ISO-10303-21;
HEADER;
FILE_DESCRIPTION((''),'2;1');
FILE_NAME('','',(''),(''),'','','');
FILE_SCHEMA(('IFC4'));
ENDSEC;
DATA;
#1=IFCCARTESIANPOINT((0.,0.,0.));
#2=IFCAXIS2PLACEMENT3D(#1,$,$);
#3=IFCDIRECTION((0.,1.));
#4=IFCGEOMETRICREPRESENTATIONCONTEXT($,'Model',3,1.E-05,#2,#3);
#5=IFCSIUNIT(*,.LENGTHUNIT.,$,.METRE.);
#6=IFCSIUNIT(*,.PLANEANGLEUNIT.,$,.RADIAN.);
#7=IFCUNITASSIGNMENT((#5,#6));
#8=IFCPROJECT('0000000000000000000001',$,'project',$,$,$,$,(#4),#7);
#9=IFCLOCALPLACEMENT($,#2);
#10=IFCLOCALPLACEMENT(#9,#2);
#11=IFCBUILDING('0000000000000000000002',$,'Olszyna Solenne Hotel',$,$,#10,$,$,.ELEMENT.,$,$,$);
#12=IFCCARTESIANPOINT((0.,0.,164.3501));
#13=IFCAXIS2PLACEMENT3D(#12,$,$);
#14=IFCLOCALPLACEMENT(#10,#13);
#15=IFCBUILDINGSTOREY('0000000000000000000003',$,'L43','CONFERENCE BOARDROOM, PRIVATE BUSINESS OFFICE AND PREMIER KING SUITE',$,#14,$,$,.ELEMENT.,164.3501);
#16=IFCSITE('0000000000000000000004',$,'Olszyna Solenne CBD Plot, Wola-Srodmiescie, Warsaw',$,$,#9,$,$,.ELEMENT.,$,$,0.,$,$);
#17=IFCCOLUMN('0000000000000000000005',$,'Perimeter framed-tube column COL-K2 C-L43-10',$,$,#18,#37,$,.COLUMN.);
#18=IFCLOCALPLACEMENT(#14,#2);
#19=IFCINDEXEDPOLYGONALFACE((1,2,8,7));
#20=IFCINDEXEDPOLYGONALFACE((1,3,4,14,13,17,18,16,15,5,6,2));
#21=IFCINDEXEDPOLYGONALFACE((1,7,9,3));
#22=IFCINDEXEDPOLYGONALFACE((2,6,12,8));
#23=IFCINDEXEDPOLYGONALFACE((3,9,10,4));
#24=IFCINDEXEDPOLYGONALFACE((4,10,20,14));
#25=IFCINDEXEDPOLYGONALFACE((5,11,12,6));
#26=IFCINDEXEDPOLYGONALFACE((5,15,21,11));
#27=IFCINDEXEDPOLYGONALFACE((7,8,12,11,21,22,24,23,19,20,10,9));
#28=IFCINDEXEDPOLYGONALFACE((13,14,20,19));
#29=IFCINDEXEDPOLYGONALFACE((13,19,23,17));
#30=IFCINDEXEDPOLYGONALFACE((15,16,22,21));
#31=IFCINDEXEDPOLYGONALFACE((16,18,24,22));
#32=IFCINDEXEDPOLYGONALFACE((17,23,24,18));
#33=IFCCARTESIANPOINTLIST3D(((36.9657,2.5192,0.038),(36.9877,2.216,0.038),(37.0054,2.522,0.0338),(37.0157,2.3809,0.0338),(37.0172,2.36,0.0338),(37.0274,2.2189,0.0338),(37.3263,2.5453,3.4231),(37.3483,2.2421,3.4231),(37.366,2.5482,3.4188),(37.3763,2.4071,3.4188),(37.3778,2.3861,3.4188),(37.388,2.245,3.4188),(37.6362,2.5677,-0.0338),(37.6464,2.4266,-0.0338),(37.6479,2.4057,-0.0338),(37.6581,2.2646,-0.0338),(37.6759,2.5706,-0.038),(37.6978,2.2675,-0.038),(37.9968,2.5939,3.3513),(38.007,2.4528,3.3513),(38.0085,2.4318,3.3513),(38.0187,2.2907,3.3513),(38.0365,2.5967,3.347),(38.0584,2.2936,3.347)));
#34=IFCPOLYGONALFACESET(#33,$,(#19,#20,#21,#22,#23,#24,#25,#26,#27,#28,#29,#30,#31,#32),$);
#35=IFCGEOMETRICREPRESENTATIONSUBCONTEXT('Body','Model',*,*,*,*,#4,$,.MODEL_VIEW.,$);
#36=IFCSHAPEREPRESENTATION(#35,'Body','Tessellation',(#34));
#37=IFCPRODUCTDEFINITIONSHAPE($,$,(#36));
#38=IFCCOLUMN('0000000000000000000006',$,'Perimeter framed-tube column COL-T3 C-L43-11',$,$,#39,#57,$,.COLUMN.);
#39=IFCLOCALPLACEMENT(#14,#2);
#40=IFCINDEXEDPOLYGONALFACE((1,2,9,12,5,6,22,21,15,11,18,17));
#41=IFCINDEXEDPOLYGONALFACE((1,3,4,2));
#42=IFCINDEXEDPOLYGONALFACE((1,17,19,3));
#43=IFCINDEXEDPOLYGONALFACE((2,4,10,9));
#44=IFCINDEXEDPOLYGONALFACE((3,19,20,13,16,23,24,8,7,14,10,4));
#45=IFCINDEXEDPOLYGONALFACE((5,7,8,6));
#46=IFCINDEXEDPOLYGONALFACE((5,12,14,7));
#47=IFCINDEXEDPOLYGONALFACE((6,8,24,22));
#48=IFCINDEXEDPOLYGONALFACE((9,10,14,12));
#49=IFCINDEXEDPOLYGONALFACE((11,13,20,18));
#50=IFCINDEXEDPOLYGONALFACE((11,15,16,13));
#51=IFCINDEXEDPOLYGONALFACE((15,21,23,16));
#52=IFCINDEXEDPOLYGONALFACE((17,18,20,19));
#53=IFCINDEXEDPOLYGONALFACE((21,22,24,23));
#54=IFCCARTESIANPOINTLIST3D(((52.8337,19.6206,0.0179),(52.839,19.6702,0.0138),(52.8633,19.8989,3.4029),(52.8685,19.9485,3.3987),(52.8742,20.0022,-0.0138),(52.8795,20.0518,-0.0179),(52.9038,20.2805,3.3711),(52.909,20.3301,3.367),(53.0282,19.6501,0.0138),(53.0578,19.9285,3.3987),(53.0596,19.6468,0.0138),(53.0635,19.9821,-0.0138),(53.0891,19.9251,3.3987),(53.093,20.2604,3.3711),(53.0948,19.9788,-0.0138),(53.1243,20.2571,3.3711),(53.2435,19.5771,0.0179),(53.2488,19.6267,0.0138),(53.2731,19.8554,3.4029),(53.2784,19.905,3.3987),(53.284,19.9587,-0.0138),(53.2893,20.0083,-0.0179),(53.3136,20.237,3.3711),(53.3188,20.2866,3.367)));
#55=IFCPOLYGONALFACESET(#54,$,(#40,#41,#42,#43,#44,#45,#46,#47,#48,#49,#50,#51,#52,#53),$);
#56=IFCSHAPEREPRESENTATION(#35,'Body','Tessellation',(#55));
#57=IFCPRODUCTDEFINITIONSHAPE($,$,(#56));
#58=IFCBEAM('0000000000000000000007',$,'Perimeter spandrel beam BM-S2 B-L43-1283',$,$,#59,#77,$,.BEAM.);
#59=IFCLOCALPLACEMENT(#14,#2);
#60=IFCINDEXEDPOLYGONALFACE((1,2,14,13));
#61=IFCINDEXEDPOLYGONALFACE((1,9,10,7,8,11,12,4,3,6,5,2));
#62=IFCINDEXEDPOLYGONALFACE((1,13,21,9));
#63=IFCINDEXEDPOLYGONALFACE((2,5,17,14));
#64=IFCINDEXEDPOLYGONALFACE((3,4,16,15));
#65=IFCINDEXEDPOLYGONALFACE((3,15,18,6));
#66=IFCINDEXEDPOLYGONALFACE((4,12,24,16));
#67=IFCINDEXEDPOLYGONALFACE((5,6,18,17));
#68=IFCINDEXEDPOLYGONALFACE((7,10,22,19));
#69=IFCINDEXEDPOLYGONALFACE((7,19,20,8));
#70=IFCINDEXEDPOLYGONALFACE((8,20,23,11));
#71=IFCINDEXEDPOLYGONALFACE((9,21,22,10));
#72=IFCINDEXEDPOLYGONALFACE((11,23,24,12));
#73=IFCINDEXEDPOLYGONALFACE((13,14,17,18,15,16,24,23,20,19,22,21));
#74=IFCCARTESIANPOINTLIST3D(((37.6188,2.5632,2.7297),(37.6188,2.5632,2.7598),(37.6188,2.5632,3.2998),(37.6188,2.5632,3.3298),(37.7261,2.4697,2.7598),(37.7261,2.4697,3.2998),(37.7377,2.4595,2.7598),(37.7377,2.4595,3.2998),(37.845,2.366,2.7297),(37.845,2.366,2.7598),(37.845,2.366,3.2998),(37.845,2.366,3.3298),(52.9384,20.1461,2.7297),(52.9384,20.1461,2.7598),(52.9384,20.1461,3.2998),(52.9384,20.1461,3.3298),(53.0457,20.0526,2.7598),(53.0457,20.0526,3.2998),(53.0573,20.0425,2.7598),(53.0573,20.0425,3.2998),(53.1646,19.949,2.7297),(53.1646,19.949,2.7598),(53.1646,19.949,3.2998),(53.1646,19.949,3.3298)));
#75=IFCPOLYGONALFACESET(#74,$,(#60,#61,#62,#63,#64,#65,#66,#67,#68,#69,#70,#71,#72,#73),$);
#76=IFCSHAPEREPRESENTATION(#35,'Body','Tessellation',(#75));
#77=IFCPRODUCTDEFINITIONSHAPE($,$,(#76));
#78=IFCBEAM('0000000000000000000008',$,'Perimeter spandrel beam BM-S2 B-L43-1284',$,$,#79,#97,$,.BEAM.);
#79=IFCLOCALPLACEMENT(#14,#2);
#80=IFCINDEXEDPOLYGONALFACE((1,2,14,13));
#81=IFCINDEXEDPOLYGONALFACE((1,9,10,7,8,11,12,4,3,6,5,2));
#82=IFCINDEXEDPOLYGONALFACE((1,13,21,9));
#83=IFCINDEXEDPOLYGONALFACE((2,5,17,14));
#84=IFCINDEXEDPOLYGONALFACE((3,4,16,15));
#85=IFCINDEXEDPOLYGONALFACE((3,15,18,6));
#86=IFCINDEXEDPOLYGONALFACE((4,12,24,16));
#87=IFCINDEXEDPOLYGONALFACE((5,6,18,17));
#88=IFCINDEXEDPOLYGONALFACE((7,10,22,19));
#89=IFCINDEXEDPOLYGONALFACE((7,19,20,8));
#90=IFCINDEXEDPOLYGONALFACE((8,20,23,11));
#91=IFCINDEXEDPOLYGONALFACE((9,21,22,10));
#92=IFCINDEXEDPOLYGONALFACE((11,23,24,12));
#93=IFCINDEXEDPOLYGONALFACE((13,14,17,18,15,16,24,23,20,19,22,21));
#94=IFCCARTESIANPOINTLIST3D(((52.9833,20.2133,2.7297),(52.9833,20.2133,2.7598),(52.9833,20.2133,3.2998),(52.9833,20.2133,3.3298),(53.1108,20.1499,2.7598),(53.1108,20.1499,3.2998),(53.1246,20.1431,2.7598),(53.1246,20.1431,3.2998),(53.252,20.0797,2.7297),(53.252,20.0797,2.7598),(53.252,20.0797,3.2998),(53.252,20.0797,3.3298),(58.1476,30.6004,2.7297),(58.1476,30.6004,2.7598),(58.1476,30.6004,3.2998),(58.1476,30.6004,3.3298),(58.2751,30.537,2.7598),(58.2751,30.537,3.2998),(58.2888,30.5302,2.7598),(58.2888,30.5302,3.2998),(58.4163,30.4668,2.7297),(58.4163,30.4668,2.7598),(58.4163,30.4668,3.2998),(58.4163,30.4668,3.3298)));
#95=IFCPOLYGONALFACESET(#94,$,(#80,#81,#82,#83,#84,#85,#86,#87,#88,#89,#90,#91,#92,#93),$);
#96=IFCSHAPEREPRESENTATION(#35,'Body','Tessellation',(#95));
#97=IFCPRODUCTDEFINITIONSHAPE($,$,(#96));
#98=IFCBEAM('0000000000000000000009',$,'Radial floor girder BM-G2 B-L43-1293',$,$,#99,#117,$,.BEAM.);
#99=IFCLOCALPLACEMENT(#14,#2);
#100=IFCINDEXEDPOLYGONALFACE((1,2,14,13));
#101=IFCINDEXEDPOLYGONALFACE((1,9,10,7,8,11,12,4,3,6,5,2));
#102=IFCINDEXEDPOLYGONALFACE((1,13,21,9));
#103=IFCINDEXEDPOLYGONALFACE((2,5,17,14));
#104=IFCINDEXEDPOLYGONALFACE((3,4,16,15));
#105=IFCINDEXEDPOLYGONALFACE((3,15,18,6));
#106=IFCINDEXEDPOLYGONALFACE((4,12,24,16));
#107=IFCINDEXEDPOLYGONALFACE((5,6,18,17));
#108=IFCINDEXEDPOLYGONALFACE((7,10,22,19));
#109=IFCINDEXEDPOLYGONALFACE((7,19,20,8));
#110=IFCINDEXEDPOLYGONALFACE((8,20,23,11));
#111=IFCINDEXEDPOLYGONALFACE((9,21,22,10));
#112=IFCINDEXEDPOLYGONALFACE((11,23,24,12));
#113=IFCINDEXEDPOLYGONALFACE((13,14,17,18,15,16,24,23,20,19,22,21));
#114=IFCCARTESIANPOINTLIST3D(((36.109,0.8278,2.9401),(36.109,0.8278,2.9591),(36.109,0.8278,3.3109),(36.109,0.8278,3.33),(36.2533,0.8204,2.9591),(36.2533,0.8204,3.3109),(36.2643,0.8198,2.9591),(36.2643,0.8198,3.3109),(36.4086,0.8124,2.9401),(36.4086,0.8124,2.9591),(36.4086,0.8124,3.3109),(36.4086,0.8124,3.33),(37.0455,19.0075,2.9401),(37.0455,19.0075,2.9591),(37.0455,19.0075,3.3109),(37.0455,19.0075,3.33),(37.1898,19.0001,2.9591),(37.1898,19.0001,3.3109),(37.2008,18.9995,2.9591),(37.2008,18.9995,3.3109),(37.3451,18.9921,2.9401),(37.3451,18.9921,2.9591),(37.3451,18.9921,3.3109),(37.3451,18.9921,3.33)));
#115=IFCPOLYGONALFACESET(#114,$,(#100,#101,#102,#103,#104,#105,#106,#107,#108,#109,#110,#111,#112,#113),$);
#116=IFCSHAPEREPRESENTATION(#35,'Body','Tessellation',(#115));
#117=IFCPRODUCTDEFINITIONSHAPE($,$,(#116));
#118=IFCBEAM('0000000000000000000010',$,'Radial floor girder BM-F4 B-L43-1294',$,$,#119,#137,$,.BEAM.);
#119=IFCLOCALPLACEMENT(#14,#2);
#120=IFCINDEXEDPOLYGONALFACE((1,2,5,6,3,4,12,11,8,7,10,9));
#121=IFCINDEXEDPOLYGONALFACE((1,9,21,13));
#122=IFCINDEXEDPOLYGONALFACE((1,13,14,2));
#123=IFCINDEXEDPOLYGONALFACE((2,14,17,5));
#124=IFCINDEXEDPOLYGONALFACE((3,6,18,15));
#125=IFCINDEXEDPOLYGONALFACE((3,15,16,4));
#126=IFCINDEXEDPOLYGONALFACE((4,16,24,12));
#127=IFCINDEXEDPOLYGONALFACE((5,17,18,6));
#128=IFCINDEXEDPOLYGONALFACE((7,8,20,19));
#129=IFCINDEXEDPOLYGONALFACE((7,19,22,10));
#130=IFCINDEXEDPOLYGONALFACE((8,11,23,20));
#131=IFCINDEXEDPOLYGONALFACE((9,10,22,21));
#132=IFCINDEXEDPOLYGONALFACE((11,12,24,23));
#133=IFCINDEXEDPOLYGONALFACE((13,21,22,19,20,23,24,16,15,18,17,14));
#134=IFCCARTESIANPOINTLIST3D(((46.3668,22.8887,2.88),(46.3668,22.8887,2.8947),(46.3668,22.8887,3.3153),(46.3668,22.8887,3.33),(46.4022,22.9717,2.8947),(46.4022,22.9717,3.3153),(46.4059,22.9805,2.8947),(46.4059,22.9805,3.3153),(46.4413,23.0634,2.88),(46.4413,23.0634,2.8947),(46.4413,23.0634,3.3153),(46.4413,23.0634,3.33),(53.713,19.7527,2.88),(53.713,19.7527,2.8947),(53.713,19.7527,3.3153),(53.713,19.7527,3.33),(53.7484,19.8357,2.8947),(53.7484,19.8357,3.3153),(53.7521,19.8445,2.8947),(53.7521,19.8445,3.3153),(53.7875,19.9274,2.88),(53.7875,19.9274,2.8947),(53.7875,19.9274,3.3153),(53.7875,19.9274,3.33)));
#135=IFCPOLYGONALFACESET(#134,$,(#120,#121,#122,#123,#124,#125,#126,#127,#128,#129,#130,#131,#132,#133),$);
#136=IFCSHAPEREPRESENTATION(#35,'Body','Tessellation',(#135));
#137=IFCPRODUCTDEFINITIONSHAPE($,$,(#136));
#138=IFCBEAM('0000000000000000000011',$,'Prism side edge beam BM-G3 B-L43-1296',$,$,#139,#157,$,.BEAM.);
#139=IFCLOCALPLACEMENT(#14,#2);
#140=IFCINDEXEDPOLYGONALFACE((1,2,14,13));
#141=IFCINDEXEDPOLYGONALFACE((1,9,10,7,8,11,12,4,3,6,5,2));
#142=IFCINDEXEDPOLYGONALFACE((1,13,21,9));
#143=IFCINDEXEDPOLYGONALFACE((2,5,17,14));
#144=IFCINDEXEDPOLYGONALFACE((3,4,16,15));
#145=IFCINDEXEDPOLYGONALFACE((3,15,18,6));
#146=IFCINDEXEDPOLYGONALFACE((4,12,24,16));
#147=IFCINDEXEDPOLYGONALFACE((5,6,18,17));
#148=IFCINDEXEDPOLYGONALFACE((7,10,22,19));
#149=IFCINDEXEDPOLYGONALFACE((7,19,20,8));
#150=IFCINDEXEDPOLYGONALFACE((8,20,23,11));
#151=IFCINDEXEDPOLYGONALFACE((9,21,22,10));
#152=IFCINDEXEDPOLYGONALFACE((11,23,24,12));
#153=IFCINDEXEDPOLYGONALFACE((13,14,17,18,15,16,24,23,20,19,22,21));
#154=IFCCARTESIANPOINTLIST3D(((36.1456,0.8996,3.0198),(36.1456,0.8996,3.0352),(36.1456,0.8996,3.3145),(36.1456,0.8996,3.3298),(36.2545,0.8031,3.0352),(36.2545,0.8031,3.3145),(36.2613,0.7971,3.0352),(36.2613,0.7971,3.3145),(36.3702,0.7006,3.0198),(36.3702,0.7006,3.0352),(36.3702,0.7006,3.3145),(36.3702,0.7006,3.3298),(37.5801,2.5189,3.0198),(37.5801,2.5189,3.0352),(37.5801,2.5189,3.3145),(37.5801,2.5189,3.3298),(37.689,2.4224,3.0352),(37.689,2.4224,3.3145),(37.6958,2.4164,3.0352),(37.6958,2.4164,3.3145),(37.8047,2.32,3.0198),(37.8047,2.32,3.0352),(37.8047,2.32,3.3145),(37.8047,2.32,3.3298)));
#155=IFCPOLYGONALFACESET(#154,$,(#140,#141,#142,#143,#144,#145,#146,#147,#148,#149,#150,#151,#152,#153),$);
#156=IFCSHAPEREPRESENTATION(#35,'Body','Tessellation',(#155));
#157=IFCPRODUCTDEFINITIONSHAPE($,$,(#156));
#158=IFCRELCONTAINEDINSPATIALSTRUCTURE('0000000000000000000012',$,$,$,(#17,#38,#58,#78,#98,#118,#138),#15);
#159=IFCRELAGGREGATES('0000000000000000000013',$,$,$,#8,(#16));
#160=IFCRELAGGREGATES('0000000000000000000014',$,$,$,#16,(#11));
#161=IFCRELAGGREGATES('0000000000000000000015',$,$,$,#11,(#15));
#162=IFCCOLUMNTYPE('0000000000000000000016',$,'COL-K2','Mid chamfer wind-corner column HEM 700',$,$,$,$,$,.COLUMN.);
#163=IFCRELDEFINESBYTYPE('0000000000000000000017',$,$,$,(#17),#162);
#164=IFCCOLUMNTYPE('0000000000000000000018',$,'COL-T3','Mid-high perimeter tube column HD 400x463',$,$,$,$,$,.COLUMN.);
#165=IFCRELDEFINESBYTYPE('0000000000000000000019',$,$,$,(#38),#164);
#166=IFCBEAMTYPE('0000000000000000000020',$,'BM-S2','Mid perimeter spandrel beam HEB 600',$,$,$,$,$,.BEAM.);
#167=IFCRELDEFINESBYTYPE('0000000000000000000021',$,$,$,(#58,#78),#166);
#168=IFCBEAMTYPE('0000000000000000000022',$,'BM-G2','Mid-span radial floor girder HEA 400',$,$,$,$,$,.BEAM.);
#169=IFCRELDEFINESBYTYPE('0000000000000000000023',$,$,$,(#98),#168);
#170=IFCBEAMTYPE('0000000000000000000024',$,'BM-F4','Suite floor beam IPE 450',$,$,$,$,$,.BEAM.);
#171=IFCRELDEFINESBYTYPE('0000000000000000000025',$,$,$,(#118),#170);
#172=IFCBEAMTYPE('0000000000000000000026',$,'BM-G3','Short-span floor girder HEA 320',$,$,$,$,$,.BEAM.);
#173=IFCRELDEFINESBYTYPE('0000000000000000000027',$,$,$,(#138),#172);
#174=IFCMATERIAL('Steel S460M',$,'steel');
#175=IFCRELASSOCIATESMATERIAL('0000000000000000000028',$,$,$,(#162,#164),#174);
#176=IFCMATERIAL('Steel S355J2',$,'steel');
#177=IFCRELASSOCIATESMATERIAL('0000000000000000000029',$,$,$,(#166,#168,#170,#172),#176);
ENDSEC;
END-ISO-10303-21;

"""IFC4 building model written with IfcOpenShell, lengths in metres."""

from ifc_helpers import new_model, si_unit, direction, frame, origin, origin_2d, place, context, subcontext, project, spatial, i_section, extrude, source, transform, mapped, material, material_profile, profile_set, type_object, element, save


model = new_model("IFC4")

# Units and contexts
model_context = context("Model", 3, precision=1e-05, world=origin(), true_north=direction((0.0, 1.0)))
body_context = subcontext(model_context, "Body", "Model", "MODEL_VIEW")
ifc_project = project(units=[si_unit("LENGTHUNIT", "METRE"), si_unit("PLANEANGLEUNIT", "RADIAN")], contexts=[model_context])

# Site, building, storey
site_placement = place(None, origin())
site = spatial("IfcSite", under=ifc_project, at=site_placement, Name="Olszyna Solenne CBD Plot, Wola-Srodmiescie, Warsaw", CompositionType="ELEMENT", RefElevation=0.0)
building_placement = place(site_placement, origin())
building = spatial("IfcBuilding", under=site, at=building_placement, Name="Olszyna Solenne Hotel", CompositionType="ELEMENT")
storey_placement = place(building_placement, frame((0.0, 0.0, 164.3501)))
storey = spatial("IfcBuildingStorey", under=building, at=storey_placement, Name="L43", Description="CONFERENCE BOARDROOM, PRIVATE BUSINESS OFFICE AND PREMIER KING SUITE", CompositionType="ELEMENT", Elevation=164.3501)

# Columns
ifc_material_1 = material(Name="Steel S460M", Category="steel")
ifc_material_profile_1 = material_profile(ifc_material_1, i_section(OverallWidth=0.304, OverallDepth=0.7161, WebThickness=0.021, FlangeThickness=0.04, at=origin_2d()), Name="HEM 700", Category="load-bearing")
ifc_profile_set_1 = profile_set([ifc_material_profile_1], Name="Steel S460M")
column_type_1 = type_object("IfcColumnType", Name="COL-K2", Description="Mid chamfer wind-corner column HEM 700", PredefinedType="COLUMN", material=ifc_profile_set_1)
shared_shape_1 = source(origin(), body_context, "Body", "SweptSolid", [
    extrude(i_section(OverallWidth=0.304, OverallDepth=0.7161, WebThickness=0.021, FlangeThickness=0.04, at=origin_2d()), origin(), (0.0, 0.0, 1.0), 3.4043),
])
column_1_placement = place(storey_placement, frame((37.3318, 2.3933, 0.0), z_axis=(0.105925, 0.007674, 0.994345), x_axis=(-0.072255, 0.997386, 0.0)))
element("IfcColumn", 1, at=column_1_placement, inside=storey, type_object=column_type_1, Name="Perimeter framed-tube column COL-K2 C-L43-10", PredefinedType="COLUMN", context=body_context, shape_type="MappedRepresentation", body=[
    mapped(shared_shape_1, transform((0.0, 0.0, 0.0), x_axis=(1.0, 0.0, 0.0), y_axis=(0.0, 1.0, 0.0), z_axis=(0.0, 0.0, 1.0), scale=1.0)),
])
ifc_material_profile_2 = material_profile(ifc_material_1, i_section(OverallWidth=0.4121, OverallDepth=0.4351, WebThickness=0.0315, FlangeThickness=0.05, at=origin_2d()), Name="HD 400x463", Category="load-bearing")
ifc_profile_set_2 = profile_set([ifc_material_profile_2], Name="Steel S460M")
column_type_2 = type_object("IfcColumnType", Name="COL-T3", Description="Mid-high perimeter tube column HD 400x463", PredefinedType="COLUMN", material=ifc_profile_set_2)
shared_shape_2 = source(origin(), body_context, "Body", "SweptSolid", [
    extrude(i_section(OverallWidth=0.4121, OverallDepth=0.4351, WebThickness=0.0315, FlangeThickness=0.05, at=origin_2d()), origin(), (0.0, 0.0, 1.0), 3.3965),
])
column_2_placement = place(storey_placement, frame((53.0615, 19.8145, 0.0), z_axis=(0.008697, 0.081942, 0.996599), x_axis=(-0.994414, 0.105547, 0.0)))
element("IfcColumn", 2, at=column_2_placement, inside=storey, type_object=column_type_2, Name="Perimeter framed-tube column COL-T3 C-L43-11", PredefinedType="COLUMN", context=body_context, shape_type="MappedRepresentation", body=[
    mapped(shared_shape_2, transform((0.0, 0.0, 0.0), x_axis=(1.0, 0.0, 0.0), y_axis=(0.0, 1.0, 0.0), z_axis=(0.0, 0.0, 1.0), scale=1.0)),
])

# Beams
ifc_material_2 = material(Name="Steel S355J2", Category="steel")
ifc_material_profile_3 = material_profile(ifc_material_2, i_section(OverallWidth=0.3, OverallDepth=0.6001, WebThickness=0.0154, FlangeThickness=0.03, at=origin_2d()), Name="HEB 600", Category="load-bearing")
ifc_profile_set_3 = profile_set([ifc_material_profile_3], Name="Steel S355J2")
beam_type_1 = type_object("IfcBeamType", Name="BM-S2", Description="Mid perimeter spandrel beam HEB 600", PredefinedType="BEAM", material=ifc_profile_set_3)
shared_shape_3 = source(origin(), body_context, "Body", "SweptSolid", [
    extrude(i_section(OverallWidth=0.3, OverallDepth=0.6001, WebThickness=0.0154, FlangeThickness=0.03, at=origin_2d()), origin(), (0.0, 0.0, 1.0), 23.3206),
])
beam_1_placement = place(storey_placement, frame((37.7319, 2.4646, 3.0298), z_axis=(0.656911, 0.753968, 0.0), x_axis=(-0.753968, 0.656911, 0.0)))
element("IfcBeam", 3, at=beam_1_placement, inside=storey, type_object=beam_type_1, Name="Perimeter spandrel beam BM-S2 B-L43-1283", PredefinedType="BEAM", context=body_context, shape_type="MappedRepresentation", body=[
    mapped(shared_shape_3, transform((0.0, 0.0, 0.0), x_axis=(1.0, 0.0, 0.0), y_axis=(0.0, 1.0, 0.0), z_axis=(0.0, 0.0, 1.0), scale=1.0)),
])
shared_shape_4 = source(origin(), body_context, "Body", "SweptSolid", [
    extrude(i_section(OverallWidth=0.3, OverallDepth=0.6001, WebThickness=0.0154, FlangeThickness=0.03, at=origin_2d()), origin(), (0.0, 0.0, 1.0), 11.6001),
])
beam_2_placement = place(storey_placement, frame((53.1177, 20.1465, 3.0298), z_axis=(0.445192, 0.895435, 0.0), x_axis=(-0.895435, 0.445192, 0.0)))
element("IfcBeam", 4, at=beam_2_placement, inside=storey, type_object=beam_type_1, Name="Perimeter spandrel beam BM-S2 B-L43-1284", PredefinedType="BEAM", context=body_context, shape_type="MappedRepresentation", body=[
    mapped(shared_shape_4, transform((0.0, 0.0, 0.0), x_axis=(1.0, 0.0, 0.0), y_axis=(0.0, 1.0, 0.0), z_axis=(0.0, 0.0, 1.0), scale=1.0)),
])
ifc_material_profile_4 = material_profile(ifc_material_2, i_section(OverallWidth=0.3, OverallDepth=0.3899, WebThickness=0.011, FlangeThickness=0.019, at=origin_2d()), Name="HEA 400", Category="load-bearing")
ifc_profile_set_4 = profile_set([ifc_material_profile_4], Name="Steel S355J2")
beam_type_2 = type_object("IfcBeamType", Name="BM-G2", Description="Mid-span radial floor girder HEA 400", PredefinedType="BEAM", material=ifc_profile_set_4)
shared_shape_5 = source(origin(), body_context, "Body", "SweptSolid", [
    extrude(i_section(OverallWidth=0.3, OverallDepth=0.3899, WebThickness=0.011, FlangeThickness=0.019, at=origin_2d()), origin(), (0.0, 0.0, 1.0), 18.2039),
])
beam_3_placement = place(storey_placement, frame((36.2588, 0.8201, 3.135), z_axis=(0.051447, 0.998676, 0.0), x_axis=(-0.998676, 0.051447, 0.0)))
element("IfcBeam", 5, at=beam_3_placement, inside=storey, type_object=beam_type_2, Name="Radial floor girder BM-G2 B-L43-1293", PredefinedType="BEAM", context=body_context, shape_type="MappedRepresentation", body=[
    mapped(shared_shape_5, transform((0.0, 0.0, 0.0), x_axis=(1.0, 0.0, 0.0), y_axis=(0.0, 1.0, 0.0), z_axis=(0.0, 0.0, 1.0), scale=1.0)),
])
ifc_material_profile_5 = material_profile(ifc_material_2, i_section(OverallWidth=0.1899, OverallDepth=0.45, WebThickness=0.0095, FlangeThickness=0.0146, at=origin_2d()), Name="IPE 450", Category="load-bearing")
ifc_profile_set_5 = profile_set([ifc_material_profile_5], Name="Steel S355J2")
beam_type_3 = type_object("IfcBeamType", Name="BM-F4", Description="Suite floor beam IPE 450", PredefinedType="BEAM", material=ifc_profile_set_5)
shared_shape_6 = source(origin(), body_context, "Body", "SweptSolid", [
    extrude(i_section(OverallWidth=0.1899, OverallDepth=0.45, WebThickness=0.0095, FlangeThickness=0.0146, at=origin_2d()), origin(), (0.0, 0.0, 1.0), 7.9875),
])
beam_4_placement = place(storey_placement, frame((53.7502, 19.8401, 3.105), z_axis=(-0.919705, 0.392609, 0.0), x_axis=(-0.392609, -0.919705, 0.0)))
element("IfcBeam", 6, at=beam_4_placement, inside=storey, type_object=beam_type_3, Name="Radial floor girder BM-F4 B-L43-1294", PredefinedType="BEAM", context=body_context, shape_type="MappedRepresentation", body=[
    mapped(shared_shape_6, transform((0.0, 0.0, 0.0), x_axis=(1.0, 0.0, 0.0), y_axis=(0.0, 1.0, 0.0), z_axis=(0.0, 0.0, 1.0), scale=1.0)),
])
ifc_material_profile_6 = material_profile(ifc_material_2, i_section(OverallWidth=0.3, OverallDepth=0.3101, WebThickness=0.009, FlangeThickness=0.0154, at=origin_2d()), Name="HEA 320", Category="load-bearing")
ifc_profile_set_6 = profile_set([ifc_material_profile_6], Name="Steel S355J2")
beam_type_4 = type_object("IfcBeamType", Name="BM-G3", Description="Short-span floor girder HEA 320", PredefinedType="BEAM", material=ifc_profile_set_6)
shared_shape_7 = source(origin(), body_context, "Body", "SweptSolid", [
    extrude(i_section(OverallWidth=0.3, OverallDepth=0.3101, WebThickness=0.009, FlangeThickness=0.0154, at=origin_2d()), origin(), (0.0, 0.0, 1.0), 2.1633),
])
beam_5_placement = place(storey_placement, frame((37.6924, 2.4194, 3.1748), z_axis=(-0.663102, -0.748529, 0.0), x_axis=(0.748529, -0.663102, 0.0)))
element("IfcBeam", 7, at=beam_5_placement, inside=storey, type_object=beam_type_4, Name="Prism side edge beam BM-G3 B-L43-1296", PredefinedType="BEAM", context=body_context, shape_type="MappedRepresentation", body=[
    mapped(shared_shape_7, transform((0.0, 0.0, 0.0), x_axis=(1.0, 0.0, 0.0), y_axis=(0.0, 1.0, 0.0), z_axis=(0.0, 0.0, 1.0), scale=1.0)),
])

save(model, "model.ifc")
